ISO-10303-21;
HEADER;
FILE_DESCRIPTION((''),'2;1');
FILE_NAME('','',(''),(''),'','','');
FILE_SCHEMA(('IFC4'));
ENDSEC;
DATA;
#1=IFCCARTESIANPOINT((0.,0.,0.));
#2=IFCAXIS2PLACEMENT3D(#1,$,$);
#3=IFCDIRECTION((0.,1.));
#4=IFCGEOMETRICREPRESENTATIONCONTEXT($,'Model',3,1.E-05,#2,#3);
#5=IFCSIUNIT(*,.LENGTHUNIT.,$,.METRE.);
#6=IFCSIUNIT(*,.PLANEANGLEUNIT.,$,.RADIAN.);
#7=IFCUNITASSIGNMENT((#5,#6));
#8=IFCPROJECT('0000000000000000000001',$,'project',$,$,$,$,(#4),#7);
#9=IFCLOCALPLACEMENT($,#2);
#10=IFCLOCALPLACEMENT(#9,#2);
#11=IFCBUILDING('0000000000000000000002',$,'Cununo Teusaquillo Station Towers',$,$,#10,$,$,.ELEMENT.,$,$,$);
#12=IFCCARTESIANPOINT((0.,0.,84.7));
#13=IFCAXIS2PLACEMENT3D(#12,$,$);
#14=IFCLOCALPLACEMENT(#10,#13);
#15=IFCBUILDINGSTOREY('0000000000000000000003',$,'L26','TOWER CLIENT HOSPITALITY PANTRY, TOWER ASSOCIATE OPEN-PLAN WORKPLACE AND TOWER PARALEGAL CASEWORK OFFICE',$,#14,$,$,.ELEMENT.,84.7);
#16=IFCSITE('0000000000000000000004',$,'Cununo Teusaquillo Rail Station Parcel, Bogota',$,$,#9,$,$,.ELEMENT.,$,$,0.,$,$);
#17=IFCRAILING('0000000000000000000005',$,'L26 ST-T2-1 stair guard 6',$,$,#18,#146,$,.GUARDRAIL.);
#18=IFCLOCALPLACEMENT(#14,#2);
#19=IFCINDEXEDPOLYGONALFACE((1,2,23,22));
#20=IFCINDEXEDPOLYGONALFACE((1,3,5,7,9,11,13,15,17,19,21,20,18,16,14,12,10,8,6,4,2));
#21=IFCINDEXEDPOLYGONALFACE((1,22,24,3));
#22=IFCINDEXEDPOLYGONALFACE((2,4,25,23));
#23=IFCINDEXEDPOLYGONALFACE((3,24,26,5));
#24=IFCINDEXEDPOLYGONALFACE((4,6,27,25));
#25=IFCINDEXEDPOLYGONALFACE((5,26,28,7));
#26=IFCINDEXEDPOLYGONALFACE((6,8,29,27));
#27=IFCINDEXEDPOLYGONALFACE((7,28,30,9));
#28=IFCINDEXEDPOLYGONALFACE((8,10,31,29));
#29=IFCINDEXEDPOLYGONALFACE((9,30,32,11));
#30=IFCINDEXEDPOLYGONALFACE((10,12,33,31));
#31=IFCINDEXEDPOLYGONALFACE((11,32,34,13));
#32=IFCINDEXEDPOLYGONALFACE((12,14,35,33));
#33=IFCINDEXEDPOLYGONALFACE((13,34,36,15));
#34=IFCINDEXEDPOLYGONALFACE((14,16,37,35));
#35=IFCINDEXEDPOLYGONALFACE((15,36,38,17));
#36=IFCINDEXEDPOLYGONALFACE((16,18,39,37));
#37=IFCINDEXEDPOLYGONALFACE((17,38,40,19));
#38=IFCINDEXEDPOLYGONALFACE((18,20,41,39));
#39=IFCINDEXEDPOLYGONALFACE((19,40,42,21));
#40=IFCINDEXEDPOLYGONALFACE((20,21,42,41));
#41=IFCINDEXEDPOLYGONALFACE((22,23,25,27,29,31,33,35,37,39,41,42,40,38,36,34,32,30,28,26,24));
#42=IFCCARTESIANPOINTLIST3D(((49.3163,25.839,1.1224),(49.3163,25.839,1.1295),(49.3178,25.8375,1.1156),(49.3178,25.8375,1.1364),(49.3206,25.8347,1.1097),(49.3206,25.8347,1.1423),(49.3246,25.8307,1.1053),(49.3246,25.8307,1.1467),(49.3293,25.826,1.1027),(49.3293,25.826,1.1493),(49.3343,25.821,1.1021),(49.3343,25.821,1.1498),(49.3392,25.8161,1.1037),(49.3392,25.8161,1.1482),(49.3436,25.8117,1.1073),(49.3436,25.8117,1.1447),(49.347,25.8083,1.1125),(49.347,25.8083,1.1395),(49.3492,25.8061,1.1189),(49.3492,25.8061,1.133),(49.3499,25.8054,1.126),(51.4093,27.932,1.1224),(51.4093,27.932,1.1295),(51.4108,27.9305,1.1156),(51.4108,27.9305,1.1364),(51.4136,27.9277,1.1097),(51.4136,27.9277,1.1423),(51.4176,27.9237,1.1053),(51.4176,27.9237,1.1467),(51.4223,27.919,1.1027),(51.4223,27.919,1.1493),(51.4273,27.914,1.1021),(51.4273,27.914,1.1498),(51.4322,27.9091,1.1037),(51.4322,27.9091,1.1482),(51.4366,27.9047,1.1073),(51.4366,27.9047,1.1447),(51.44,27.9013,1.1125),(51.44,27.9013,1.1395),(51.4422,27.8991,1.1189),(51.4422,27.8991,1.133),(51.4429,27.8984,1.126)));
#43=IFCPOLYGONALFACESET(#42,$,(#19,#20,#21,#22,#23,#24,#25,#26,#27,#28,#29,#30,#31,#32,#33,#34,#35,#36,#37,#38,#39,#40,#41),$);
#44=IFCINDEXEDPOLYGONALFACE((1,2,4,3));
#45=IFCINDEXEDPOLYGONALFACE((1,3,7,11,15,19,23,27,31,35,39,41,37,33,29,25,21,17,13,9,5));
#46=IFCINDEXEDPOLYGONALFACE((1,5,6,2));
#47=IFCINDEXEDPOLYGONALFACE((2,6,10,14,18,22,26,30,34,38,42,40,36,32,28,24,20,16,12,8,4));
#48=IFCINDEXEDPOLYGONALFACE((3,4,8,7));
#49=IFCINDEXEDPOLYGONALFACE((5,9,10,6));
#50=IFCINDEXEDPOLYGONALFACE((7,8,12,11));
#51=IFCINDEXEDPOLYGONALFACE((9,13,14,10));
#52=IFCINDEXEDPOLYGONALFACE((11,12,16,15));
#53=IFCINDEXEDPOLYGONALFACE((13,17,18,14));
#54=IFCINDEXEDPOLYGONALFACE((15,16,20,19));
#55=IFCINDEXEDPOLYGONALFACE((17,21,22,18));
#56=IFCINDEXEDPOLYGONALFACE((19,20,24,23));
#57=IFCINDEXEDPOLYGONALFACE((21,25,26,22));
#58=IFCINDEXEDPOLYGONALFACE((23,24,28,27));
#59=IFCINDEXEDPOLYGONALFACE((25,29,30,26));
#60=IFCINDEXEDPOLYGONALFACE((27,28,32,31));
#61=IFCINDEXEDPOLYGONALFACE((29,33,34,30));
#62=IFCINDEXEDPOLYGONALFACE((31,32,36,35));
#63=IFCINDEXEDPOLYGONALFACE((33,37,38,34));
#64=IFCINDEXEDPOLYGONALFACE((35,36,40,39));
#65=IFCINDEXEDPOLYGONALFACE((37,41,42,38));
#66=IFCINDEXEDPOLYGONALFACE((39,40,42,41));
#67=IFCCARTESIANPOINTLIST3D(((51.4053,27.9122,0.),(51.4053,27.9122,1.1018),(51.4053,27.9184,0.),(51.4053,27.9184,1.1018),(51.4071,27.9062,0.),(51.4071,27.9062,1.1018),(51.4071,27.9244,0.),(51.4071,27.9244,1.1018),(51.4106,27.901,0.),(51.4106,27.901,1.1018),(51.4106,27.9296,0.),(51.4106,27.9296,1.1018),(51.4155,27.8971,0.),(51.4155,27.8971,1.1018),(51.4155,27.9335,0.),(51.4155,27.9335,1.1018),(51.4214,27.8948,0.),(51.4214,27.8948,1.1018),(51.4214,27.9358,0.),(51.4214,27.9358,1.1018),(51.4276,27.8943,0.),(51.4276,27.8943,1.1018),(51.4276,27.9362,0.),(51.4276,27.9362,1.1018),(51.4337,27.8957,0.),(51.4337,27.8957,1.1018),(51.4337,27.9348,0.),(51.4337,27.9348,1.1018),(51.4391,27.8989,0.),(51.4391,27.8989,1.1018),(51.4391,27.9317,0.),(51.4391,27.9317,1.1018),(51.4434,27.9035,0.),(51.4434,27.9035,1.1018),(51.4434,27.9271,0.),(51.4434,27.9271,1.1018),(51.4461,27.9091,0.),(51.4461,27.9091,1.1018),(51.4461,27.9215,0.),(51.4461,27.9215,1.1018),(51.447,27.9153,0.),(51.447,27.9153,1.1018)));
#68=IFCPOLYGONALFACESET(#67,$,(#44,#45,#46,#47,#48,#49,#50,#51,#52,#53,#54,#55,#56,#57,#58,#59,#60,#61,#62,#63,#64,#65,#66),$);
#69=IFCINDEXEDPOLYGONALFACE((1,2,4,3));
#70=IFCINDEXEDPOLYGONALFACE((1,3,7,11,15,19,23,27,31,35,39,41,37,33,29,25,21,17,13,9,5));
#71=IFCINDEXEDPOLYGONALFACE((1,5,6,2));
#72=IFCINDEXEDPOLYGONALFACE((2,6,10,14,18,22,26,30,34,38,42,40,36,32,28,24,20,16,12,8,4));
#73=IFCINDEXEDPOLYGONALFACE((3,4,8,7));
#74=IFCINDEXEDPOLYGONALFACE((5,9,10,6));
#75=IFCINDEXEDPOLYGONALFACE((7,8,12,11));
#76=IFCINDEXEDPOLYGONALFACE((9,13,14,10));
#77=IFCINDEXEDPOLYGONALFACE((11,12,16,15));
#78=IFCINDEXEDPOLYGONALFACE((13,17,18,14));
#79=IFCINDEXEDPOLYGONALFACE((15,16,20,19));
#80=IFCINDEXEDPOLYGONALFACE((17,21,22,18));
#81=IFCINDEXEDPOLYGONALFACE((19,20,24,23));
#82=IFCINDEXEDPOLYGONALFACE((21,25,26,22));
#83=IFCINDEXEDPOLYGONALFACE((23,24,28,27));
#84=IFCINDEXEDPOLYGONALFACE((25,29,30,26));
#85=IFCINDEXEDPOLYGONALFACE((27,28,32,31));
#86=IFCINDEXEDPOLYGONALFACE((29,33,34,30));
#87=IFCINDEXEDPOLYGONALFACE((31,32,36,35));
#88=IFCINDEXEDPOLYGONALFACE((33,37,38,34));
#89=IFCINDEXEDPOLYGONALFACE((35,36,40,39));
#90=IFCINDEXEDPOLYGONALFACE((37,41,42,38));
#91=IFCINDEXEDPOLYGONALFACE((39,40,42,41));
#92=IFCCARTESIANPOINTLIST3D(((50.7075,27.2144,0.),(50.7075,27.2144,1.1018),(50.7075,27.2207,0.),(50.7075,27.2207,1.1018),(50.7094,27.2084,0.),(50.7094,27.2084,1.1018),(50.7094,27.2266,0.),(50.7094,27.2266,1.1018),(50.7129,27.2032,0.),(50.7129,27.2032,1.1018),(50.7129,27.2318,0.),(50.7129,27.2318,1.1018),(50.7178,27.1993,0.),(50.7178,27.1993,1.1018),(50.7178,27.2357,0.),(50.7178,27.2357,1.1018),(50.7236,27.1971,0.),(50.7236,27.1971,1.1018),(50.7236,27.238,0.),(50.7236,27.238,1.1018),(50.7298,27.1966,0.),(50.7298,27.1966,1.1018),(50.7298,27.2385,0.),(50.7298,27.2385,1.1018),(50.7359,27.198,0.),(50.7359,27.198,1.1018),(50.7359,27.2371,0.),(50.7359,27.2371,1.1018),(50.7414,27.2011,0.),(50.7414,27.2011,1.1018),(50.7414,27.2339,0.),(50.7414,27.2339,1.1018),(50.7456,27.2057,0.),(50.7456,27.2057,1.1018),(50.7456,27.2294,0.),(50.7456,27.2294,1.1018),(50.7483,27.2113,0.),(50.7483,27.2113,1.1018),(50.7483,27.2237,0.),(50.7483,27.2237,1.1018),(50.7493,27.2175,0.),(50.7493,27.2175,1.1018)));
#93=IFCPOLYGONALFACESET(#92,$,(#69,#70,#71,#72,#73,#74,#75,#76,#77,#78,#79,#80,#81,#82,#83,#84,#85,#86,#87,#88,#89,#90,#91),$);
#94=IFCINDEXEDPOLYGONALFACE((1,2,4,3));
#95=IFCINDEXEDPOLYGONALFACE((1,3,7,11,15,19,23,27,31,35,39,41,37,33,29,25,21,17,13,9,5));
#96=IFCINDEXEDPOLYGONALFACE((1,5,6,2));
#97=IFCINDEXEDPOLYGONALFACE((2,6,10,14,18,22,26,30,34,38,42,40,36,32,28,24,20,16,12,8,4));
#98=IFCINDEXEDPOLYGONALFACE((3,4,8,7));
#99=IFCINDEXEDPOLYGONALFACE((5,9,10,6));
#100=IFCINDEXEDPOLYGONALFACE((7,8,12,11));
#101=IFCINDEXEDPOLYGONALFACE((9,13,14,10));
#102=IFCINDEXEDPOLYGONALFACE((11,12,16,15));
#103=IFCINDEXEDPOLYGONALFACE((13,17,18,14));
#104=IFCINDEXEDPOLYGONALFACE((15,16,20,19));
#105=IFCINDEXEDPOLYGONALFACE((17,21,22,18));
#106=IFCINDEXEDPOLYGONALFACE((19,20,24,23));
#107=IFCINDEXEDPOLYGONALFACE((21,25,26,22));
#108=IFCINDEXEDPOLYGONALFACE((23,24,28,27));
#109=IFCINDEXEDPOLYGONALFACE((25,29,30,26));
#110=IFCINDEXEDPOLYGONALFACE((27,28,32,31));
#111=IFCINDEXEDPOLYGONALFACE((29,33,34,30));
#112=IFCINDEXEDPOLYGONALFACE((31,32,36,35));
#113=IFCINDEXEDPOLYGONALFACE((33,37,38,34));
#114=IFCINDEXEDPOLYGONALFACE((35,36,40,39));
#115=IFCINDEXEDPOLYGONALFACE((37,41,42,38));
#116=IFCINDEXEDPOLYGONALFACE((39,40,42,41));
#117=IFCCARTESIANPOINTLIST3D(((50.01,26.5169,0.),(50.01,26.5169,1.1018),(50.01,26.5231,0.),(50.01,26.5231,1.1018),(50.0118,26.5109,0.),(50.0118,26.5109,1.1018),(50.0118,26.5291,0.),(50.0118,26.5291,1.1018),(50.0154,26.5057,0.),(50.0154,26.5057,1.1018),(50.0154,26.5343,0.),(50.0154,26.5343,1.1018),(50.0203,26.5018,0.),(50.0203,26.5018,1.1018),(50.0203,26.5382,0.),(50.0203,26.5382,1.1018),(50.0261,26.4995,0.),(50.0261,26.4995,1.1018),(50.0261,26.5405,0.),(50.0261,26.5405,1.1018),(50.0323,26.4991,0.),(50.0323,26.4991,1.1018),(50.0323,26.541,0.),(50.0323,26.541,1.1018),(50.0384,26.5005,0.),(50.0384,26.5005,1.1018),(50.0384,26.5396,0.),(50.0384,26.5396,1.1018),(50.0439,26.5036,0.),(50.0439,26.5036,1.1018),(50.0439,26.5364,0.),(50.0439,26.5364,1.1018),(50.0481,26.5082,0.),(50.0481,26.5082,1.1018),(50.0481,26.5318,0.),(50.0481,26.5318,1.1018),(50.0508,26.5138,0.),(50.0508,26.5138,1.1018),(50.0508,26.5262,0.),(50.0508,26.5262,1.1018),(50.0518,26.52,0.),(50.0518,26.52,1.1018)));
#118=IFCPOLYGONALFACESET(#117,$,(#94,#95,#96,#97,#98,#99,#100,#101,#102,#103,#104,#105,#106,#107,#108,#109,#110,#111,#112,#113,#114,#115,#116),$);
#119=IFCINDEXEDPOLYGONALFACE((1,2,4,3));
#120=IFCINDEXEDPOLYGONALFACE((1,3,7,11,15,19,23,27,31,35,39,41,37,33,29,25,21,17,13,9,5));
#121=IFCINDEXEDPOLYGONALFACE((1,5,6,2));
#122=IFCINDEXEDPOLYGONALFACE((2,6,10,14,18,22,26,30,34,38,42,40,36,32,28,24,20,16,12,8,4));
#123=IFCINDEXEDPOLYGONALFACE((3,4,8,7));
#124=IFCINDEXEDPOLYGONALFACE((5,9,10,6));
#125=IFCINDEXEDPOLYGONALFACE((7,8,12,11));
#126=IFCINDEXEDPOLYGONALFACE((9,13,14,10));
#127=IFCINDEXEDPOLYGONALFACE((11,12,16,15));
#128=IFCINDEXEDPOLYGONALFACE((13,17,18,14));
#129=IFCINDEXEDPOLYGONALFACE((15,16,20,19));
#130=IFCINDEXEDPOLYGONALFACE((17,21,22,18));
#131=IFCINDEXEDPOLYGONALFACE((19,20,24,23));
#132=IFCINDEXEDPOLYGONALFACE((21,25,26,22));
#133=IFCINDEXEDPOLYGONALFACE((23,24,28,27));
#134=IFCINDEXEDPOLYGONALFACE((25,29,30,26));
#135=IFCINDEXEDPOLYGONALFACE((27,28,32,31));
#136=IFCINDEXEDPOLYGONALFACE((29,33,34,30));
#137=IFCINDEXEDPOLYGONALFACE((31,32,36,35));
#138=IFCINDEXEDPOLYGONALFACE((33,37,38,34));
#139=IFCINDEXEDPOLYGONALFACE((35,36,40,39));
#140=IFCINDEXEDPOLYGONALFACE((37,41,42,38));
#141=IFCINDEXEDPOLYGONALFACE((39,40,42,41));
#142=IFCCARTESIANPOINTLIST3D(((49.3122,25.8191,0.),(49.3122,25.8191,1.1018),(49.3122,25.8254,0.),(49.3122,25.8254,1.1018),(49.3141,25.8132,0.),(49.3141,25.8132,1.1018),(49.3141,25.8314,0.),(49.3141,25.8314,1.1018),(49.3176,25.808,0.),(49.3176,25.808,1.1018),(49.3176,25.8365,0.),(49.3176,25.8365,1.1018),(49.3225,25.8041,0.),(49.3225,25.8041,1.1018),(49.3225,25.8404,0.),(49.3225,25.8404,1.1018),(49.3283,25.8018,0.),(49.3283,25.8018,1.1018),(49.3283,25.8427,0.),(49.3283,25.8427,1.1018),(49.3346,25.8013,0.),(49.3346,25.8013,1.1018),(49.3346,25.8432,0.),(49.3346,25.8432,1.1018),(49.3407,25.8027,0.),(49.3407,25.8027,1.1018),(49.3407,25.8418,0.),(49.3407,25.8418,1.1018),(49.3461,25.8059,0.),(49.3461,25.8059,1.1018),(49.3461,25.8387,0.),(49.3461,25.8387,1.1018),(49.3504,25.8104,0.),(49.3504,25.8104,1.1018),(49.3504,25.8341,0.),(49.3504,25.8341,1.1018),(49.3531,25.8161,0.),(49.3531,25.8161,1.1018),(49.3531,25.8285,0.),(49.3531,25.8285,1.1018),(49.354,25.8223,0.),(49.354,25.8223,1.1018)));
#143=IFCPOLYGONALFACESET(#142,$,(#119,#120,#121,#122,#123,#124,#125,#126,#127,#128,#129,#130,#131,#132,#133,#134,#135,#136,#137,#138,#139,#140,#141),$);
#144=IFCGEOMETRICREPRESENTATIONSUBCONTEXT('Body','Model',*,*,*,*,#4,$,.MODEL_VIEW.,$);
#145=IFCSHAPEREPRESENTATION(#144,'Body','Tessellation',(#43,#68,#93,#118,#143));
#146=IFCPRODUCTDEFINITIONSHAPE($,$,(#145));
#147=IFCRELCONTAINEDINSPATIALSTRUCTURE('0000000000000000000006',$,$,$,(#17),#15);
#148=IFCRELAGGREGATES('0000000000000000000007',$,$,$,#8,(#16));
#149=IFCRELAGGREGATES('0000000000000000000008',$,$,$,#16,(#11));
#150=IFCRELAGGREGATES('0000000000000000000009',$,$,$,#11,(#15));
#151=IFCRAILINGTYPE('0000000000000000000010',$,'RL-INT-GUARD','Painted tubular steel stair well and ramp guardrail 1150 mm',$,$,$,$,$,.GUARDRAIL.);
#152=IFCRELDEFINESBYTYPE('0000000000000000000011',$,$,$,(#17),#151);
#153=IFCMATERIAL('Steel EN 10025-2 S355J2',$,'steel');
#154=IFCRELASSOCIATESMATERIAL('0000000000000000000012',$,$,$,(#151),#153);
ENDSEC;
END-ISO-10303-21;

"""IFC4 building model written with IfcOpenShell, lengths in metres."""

from ifc_helpers import new_model, si_unit, direction, frame, origin, origin_2d, place, context, subcontext, project, spatial, circle, extrude, material, type_object, element, save


model = new_model("IFC4")

# Units and contexts
model_context = context("Model", 3, precision=1e-05, world=origin(), true_north=direction((0.0, 1.0)))
body_context = subcontext(model_context, "Body", "Model", "MODEL_VIEW")
ifc_project = project(units=[si_unit("LENGTHUNIT", "METRE"), si_unit("PLANEANGLEUNIT", "RADIAN")], contexts=[model_context])

# Site, building, storey
site_placement = place(None, origin())
site = spatial("IfcSite", under=ifc_project, at=site_placement, Name="Cununo Teusaquillo Rail Station Parcel, Bogota", CompositionType="ELEMENT", RefElevation=0.0)
building_placement = place(site_placement, origin())
building = spatial("IfcBuilding", under=site, at=building_placement, Name="Cununo Teusaquillo Station Towers", CompositionType="ELEMENT")
storey_placement = place(building_placement, frame((0.0, 0.0, 84.7)))
storey = spatial("IfcBuildingStorey", under=building, at=storey_placement, Name="L26", Description="TOWER CLIENT HOSPITALITY PANTRY, TOWER ASSOCIATE OPEN-PLAN WORKPLACE AND TOWER PARALEGAL CASEWORK OFFICE", CompositionType="ELEMENT", Elevation=84.7)

# Railing
ifc_material_1 = material(Name="Steel EN 10025-2 S355J2", Category="steel")
railing_type = type_object("IfcRailingType", Name="RL-INT-GUARD", Description="Painted tubular steel stair well and ramp guardrail 1150 mm", PredefinedType="GUARDRAIL", material=ifc_material_1)
railing_placement = place(storey_placement, frame((51.426, 27.9153, 0.0)))
element("IfcRailing", 1, at=railing_placement, inside=storey, type_object=railing_type, Name="L26 ST-T2-1 stair guard 6", PredefinedType="GUARDRAIL", context=body_context, shape_type="SweptSolid", body=[
    extrude(circle(Radius=0.0239, at=origin_2d()), frame((0.0, 0.0, 1.126), z_axis=(-0.707107, -0.707107, 0.0), x_axis=(0.707107, -0.707107, 0.0)), (0.0, 0.0, 1.0), 2.96),
    extrude(circle(Radius=0.021, at=origin_2d()), origin(), (0.0, 0.0, 1.0), 1.1018),
    extrude(circle(Radius=0.021, at=origin_2d()), frame((-0.6978, -0.6978, 0.0)), (0.0, 0.0, 1.0), 1.1018),
    extrude(circle(Radius=0.021, at=origin_2d()), frame((-1.3953, -1.3953, 0.0)), (0.0, 0.0, 1.0), 1.1018),
    extrude(circle(Radius=0.021, at=origin_2d()), frame((-2.093, -2.093, 0.0)), (0.0, 0.0, 1.0), 1.1018),
])

save(model, "model.ifc")
